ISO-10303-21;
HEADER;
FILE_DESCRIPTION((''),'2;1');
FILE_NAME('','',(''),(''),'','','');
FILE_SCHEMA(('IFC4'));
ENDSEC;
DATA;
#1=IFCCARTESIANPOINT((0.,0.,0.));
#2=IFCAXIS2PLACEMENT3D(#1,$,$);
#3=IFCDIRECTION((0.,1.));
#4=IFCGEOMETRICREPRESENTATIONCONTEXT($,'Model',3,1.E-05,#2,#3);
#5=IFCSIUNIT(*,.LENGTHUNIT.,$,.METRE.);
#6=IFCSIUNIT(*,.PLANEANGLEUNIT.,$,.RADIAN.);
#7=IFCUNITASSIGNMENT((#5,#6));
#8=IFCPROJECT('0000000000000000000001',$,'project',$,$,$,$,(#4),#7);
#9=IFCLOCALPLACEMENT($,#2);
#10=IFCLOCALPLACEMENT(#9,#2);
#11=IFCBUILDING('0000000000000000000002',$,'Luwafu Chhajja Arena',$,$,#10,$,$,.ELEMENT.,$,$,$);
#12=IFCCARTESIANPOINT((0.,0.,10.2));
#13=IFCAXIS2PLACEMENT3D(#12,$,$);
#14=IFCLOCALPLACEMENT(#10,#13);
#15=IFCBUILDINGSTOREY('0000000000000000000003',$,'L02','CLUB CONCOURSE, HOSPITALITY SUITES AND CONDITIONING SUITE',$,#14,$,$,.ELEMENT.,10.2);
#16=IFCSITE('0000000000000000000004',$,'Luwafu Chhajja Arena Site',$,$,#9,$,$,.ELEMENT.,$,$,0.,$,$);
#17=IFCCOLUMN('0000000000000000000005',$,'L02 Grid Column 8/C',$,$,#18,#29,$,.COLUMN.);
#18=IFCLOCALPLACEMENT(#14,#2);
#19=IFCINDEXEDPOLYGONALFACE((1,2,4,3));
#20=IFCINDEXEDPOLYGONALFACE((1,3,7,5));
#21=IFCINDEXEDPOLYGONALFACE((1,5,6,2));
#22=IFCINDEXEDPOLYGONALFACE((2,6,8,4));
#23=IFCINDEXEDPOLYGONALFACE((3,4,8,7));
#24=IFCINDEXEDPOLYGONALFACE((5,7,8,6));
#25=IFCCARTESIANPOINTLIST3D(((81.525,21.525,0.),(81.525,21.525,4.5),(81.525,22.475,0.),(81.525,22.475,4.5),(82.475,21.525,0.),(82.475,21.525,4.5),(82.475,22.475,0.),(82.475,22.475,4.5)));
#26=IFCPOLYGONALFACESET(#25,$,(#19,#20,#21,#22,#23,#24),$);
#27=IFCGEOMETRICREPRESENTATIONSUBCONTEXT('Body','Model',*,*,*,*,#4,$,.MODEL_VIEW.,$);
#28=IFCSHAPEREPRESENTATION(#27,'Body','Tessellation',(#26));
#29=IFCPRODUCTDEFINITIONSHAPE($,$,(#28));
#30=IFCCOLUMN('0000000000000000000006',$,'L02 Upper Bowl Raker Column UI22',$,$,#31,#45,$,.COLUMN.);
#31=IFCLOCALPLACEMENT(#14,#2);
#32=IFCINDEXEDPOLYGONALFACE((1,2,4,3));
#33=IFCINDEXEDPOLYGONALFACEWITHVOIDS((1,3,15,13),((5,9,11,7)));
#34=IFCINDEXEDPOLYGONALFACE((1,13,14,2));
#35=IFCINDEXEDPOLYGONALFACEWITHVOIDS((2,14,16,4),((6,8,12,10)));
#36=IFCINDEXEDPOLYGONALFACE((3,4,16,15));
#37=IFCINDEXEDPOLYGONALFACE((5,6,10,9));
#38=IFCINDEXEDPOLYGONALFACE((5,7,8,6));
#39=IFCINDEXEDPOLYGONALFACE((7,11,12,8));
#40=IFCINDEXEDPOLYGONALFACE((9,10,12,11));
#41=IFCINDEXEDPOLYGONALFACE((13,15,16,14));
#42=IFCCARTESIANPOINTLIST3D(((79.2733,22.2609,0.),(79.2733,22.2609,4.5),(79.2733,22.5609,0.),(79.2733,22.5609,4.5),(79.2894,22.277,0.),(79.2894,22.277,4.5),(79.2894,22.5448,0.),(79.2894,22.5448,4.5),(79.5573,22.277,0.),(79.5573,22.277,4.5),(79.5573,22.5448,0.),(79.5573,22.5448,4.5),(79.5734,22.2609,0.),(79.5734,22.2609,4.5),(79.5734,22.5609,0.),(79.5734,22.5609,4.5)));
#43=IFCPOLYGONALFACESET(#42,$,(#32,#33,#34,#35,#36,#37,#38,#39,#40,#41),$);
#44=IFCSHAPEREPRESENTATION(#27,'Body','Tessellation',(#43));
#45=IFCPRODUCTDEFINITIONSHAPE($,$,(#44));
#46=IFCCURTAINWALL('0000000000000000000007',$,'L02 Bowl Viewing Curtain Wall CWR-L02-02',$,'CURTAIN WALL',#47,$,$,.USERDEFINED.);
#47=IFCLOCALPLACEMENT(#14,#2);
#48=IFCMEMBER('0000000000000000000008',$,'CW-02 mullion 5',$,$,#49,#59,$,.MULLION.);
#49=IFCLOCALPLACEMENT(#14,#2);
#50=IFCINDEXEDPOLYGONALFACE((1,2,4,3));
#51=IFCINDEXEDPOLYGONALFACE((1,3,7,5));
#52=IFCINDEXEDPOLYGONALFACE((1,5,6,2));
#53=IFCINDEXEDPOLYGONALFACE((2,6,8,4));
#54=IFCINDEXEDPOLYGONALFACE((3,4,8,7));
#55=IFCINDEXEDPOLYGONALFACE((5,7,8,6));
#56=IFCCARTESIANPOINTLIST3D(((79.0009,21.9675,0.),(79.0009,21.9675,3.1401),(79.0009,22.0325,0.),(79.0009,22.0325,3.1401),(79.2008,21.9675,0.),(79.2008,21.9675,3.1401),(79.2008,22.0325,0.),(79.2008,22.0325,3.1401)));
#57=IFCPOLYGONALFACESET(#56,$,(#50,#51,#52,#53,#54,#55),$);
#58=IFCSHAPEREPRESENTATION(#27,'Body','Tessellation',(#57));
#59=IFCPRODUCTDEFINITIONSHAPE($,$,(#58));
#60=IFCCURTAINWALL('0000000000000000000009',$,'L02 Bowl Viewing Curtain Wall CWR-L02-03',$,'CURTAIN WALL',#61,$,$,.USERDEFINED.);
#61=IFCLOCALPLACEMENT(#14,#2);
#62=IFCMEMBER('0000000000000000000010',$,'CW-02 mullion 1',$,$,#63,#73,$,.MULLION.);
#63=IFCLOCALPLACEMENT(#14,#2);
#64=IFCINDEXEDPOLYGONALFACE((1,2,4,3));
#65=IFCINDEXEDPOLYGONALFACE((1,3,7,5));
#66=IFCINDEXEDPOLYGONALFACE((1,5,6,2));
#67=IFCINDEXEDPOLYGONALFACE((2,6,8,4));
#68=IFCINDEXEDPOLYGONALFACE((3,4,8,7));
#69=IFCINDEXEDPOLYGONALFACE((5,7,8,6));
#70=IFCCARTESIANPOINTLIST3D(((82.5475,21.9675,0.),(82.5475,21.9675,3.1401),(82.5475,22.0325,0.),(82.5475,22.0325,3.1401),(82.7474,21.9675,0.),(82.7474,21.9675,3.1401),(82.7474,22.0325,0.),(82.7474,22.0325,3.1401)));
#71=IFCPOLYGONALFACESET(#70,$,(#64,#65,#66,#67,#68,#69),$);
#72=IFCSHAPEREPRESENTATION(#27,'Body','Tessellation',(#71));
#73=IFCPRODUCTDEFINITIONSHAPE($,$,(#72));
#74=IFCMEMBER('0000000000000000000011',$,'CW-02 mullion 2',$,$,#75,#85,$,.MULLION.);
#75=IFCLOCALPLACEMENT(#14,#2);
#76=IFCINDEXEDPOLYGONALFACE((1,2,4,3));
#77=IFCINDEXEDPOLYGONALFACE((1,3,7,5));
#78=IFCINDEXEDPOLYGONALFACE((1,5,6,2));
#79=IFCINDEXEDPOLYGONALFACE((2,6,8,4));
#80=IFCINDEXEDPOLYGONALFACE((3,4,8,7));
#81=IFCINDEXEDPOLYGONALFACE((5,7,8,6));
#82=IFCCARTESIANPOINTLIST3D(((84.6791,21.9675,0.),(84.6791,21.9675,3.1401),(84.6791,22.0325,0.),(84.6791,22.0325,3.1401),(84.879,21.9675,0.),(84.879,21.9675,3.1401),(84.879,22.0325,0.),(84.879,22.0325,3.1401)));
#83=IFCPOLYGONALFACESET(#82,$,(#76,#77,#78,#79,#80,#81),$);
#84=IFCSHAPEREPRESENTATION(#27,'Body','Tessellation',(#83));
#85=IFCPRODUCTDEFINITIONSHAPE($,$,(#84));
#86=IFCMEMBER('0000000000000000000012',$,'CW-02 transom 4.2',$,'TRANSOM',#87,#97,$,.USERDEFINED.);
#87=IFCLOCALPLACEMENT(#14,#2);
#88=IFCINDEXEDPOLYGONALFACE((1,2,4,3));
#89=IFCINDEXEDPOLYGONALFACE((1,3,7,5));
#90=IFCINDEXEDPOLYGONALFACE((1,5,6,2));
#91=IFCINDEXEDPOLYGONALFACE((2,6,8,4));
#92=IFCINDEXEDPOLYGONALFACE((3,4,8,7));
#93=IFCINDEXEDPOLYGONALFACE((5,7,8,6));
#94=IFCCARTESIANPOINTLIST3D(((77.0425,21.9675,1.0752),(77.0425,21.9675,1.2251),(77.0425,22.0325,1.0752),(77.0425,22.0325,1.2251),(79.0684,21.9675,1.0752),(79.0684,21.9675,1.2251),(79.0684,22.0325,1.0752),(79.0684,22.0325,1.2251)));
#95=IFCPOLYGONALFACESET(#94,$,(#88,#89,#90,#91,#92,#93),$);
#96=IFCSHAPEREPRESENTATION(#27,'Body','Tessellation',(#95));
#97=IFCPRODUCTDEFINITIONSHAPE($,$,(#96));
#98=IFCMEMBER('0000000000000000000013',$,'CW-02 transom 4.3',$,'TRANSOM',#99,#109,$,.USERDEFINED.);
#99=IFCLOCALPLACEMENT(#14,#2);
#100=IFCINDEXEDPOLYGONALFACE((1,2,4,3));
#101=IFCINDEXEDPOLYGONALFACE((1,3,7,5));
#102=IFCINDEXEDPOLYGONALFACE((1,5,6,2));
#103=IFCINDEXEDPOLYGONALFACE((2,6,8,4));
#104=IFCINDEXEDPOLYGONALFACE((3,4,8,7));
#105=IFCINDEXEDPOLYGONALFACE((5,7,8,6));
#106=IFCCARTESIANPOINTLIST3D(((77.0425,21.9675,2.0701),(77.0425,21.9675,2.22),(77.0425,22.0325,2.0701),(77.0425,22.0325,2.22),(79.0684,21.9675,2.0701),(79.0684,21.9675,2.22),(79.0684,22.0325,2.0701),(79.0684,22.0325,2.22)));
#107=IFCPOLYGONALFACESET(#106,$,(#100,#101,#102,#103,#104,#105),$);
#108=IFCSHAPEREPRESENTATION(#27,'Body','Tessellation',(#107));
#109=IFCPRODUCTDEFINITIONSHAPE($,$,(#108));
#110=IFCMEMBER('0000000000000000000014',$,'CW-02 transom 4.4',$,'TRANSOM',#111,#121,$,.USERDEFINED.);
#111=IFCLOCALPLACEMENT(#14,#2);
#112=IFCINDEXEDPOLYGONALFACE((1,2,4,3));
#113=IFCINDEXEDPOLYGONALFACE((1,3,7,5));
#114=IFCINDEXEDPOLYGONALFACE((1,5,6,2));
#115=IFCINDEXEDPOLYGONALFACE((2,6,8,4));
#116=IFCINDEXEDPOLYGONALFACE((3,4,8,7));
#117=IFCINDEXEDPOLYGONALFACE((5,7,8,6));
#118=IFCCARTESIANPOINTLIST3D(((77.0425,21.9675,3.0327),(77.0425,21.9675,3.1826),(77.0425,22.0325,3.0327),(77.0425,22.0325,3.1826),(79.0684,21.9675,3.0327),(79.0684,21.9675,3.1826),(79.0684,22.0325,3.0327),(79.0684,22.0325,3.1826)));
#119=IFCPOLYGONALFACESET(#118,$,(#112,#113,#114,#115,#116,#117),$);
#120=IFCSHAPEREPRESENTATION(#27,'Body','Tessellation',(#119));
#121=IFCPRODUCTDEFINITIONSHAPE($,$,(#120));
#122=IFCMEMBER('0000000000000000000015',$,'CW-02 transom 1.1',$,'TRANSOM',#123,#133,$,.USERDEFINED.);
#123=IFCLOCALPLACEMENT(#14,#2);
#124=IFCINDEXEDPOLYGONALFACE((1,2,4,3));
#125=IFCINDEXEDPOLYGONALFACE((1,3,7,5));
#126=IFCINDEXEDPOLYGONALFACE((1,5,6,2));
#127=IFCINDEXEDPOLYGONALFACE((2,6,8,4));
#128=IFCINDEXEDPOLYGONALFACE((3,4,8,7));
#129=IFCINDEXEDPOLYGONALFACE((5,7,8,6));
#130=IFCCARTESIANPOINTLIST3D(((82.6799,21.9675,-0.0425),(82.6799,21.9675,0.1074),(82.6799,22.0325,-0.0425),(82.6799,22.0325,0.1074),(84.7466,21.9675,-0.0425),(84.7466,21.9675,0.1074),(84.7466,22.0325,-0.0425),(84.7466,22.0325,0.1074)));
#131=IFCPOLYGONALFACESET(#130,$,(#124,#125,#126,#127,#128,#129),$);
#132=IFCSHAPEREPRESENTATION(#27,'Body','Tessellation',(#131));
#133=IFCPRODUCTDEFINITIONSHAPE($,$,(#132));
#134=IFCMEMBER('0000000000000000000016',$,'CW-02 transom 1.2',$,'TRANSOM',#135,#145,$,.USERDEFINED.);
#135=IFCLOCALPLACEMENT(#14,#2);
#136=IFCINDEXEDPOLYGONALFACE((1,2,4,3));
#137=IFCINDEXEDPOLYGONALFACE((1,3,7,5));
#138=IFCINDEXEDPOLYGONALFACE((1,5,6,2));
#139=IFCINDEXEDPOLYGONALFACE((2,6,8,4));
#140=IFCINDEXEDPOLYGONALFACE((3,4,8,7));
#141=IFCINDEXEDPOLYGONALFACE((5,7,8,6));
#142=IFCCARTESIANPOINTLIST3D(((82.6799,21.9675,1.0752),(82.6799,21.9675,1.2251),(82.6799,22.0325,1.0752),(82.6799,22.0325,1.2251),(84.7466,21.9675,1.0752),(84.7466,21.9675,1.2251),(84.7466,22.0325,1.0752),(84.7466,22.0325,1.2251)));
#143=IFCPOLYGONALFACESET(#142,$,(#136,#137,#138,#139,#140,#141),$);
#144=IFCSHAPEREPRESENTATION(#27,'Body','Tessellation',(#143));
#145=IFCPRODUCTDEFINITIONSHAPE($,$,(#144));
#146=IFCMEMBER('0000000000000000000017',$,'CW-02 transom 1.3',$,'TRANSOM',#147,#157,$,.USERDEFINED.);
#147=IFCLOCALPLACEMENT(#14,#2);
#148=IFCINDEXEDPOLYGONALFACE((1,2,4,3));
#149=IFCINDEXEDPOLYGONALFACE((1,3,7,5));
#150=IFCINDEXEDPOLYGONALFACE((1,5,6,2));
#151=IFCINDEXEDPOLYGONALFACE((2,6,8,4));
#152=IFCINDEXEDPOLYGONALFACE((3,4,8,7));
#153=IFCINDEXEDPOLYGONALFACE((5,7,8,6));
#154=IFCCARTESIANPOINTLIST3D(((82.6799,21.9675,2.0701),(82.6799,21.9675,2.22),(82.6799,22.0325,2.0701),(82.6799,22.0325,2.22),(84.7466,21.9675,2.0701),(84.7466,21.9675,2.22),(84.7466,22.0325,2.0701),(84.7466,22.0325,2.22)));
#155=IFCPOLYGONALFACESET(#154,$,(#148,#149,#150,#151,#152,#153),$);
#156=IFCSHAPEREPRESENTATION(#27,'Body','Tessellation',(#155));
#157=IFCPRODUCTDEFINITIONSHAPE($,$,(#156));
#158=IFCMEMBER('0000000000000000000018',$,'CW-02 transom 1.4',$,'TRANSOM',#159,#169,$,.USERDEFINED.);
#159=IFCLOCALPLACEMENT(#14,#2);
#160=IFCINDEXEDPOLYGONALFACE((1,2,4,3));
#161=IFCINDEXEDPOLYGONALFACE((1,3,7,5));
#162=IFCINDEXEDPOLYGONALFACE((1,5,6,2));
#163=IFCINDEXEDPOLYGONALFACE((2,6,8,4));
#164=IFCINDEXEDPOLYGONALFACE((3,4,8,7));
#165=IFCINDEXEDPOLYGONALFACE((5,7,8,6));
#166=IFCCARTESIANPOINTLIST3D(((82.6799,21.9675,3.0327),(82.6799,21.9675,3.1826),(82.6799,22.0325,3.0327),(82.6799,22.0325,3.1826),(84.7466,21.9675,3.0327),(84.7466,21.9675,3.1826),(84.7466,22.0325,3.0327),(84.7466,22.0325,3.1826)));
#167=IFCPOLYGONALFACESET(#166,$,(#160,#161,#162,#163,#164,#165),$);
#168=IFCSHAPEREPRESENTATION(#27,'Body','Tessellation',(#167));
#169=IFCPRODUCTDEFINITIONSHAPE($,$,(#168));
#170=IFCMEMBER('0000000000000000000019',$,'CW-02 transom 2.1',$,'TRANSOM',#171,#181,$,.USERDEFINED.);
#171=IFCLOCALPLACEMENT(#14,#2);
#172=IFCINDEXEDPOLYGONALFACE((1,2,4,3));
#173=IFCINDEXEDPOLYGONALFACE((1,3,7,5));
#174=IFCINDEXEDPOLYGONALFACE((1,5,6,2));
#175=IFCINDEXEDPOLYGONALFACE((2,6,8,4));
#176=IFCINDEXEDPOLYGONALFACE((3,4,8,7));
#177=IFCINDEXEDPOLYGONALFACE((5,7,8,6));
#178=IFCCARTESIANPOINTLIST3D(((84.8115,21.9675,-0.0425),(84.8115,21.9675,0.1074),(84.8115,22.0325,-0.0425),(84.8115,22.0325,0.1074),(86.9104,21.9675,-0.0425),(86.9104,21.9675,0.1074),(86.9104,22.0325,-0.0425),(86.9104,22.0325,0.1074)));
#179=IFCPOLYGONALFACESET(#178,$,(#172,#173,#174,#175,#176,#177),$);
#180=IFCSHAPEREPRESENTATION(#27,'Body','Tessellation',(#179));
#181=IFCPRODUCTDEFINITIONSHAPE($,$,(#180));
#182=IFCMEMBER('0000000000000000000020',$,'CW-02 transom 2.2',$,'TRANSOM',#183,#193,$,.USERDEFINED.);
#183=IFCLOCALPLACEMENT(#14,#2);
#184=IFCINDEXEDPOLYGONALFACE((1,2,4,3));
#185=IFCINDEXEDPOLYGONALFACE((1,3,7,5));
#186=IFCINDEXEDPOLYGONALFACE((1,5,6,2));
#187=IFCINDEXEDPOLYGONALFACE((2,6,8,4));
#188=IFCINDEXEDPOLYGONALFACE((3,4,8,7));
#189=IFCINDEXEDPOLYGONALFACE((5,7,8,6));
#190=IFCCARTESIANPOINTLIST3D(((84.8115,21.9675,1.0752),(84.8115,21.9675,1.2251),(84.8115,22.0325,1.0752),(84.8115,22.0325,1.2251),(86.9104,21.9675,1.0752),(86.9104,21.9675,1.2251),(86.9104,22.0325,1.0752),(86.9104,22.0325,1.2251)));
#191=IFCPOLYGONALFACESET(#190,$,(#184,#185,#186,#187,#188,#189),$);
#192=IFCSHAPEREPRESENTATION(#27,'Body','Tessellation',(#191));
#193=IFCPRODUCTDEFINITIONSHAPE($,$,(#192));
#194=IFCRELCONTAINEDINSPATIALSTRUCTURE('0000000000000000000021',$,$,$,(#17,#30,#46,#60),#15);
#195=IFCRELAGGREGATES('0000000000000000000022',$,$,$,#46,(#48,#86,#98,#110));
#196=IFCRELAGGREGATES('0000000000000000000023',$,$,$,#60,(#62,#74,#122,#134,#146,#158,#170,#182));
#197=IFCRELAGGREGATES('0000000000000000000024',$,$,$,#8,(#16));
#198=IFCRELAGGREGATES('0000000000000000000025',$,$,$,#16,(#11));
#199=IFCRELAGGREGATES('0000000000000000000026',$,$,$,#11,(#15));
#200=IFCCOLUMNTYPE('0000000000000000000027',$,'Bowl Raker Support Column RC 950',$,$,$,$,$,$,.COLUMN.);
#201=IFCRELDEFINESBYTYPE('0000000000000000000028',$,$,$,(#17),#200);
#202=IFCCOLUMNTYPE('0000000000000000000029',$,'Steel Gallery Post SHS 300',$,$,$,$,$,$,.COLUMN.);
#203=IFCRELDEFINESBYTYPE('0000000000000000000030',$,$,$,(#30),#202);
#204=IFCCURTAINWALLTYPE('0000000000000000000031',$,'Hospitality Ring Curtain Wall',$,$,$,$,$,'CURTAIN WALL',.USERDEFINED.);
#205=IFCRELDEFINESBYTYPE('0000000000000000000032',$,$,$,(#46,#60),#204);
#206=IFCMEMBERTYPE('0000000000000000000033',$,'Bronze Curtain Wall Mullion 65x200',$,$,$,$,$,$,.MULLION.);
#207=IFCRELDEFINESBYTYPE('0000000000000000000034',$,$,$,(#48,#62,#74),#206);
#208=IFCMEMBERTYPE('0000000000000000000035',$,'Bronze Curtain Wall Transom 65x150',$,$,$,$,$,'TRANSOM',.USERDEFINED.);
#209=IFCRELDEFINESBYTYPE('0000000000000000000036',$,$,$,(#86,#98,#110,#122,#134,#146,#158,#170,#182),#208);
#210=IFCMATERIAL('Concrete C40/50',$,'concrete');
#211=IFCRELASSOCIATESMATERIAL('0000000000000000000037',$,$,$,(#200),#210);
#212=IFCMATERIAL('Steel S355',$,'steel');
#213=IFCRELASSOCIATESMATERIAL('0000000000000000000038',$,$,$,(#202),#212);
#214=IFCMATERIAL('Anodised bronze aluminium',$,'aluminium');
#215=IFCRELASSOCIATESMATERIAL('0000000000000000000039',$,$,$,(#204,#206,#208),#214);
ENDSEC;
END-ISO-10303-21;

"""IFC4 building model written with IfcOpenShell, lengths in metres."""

from ifc_helpers import new_model, si_unit, direction, frame, origin, origin_2d, place, context, subcontext, project, spatial, rectangle, hollow_rectangle, extrude, material, material_profile, profile_set, type_object, element, aggregate, save


model = new_model("IFC4")

# Units and contexts
model_context = context("Model", 3, precision=1e-05, world=origin(), true_north=direction((0.0, 1.0)))
body_context = subcontext(model_context, "Body", "Model", "MODEL_VIEW")
ifc_project = project(units=[si_unit("LENGTHUNIT", "METRE"), si_unit("PLANEANGLEUNIT", "RADIAN")], contexts=[model_context])

# Site, building, storey
site_placement = place(None, origin())
site = spatial("IfcSite", under=ifc_project, at=site_placement, Name="Luwafu Chhajja Arena Site", CompositionType="ELEMENT", RefElevation=0.0)
building_placement = place(site_placement, origin())
building = spatial("IfcBuilding", under=site, at=building_placement, Name="Luwafu Chhajja Arena", CompositionType="ELEMENT")
storey_placement = place(building_placement, frame((0.0, 0.0, 10.2)))
storey = spatial("IfcBuildingStorey", under=building, at=storey_placement, Name="L02", Description="CLUB CONCOURSE, HOSPITALITY SUITES AND CONDITIONING SUITE", CompositionType="ELEMENT", Elevation=10.2)

# Columns
ifc_material_1 = material(Name="Concrete C40/50", Category="concrete")
ifc_material_profile_1 = material_profile(ifc_material_1, rectangle(XDim=0.95, YDim=0.95, at=origin_2d()), Name="RC 950x950")
ifc_profile_set_1 = profile_set([ifc_material_profile_1], Name="Concrete C40/50")
column_type_1 = type_object("IfcColumnType", Name="Bowl Raker Support Column RC 950", PredefinedType="COLUMN", material=ifc_profile_set_1)
column_1_placement = place(storey_placement, frame((82.0, 22.0, 0.0), z_axis=(0.0, 0.0, 1.0), x_axis=(1.0, 0.0, 0.0)))
element("IfcColumn", 1, at=column_1_placement, inside=storey, type_object=column_type_1, Name="L02 Grid Column 8/C", PredefinedType="COLUMN", context=body_context, shape_type="SweptSolid", body=[
    extrude(rectangle(XDim=0.95, YDim=0.95, at=origin_2d()), origin(), (0.0, 0.0, 1.0), 4.5),
])
ifc_material_2 = material(Name="Steel S355", Category="steel")
ifc_material_profile_2 = material_profile(ifc_material_2, hollow_rectangle(XDim=0.3, YDim=0.3, WallThickness=0.0161, at=origin_2d()), Name="SHS 300x300x16")
ifc_profile_set_2 = profile_set([ifc_material_profile_2], Name="Steel S355")
column_type_2 = type_object("IfcColumnType", Name="Steel Gallery Post SHS 300", PredefinedType="COLUMN", material=ifc_profile_set_2)
column_2_placement = place(storey_placement, frame((79.4233, 22.4109, 0.0), z_axis=(0.0, 0.0, 1.0), x_axis=(1.0, 0.0, 0.0)))
element("IfcColumn", 2, at=column_2_placement, inside=storey, type_object=column_type_2, Name="L02 Upper Bowl Raker Column UI22", PredefinedType="COLUMN", context=body_context, shape_type="SweptSolid", body=[
    extrude(hollow_rectangle(XDim=0.3, YDim=0.3, WallThickness=0.0161, at=origin_2d()), origin(), (0.0, 0.0, 1.0), 4.5),
])

# Curtain wall, member
ifc_material_3 = material(Name="Anodised bronze aluminium", Category="aluminium")
curtain_wall_type = type_object("IfcCurtainWallType", Name="Hospitality Ring Curtain Wall", ElementType="CURTAIN WALL", PredefinedType="USERDEFINED", material=ifc_material_3)
curtain_wall_1_placement = place(storey_placement, origin())
curtain_wall_1 = element("IfcCurtainWall", 3, at=curtain_wall_1_placement, inside=storey, type_object=curtain_wall_type, Name="L02 Bowl Viewing Curtain Wall CWR-L02-02", ObjectType="CURTAIN WALL", PredefinedType="USERDEFINED")
ifc_material_profile_3 = material_profile(ifc_material_3, rectangle(XDim=0.0649, YDim=0.2, at=origin_2d()), Name="CWM 65x200")
ifc_profile_set_3 = profile_set([ifc_material_profile_3], Name="Anodised bronze aluminium")
member_type_1 = type_object("IfcMemberType", Name="Bronze Curtain Wall Mullion 65x200", PredefinedType="MULLION", material=ifc_profile_set_3)
member_1_placement = place(storey_placement, frame((79.1008, 22.0, 0.0), z_axis=(0.0, 0.0, 1.0), x_axis=(0.0, 1.0, 0.0)))
member_1 = element("IfcMember", 4, at=member_1_placement, type_object=member_type_1, Name="CW-02 mullion 5", PredefinedType="MULLION", context=body_context, shape_type="SweptSolid", body=[
    extrude(rectangle(XDim=0.0649, YDim=0.2, at=origin_2d()), origin(), (0.0, 0.0, 1.0), 3.1401),
])

# Curtain wall, members
curtain_wall_2_placement = place(storey_placement, origin())
curtain_wall_2 = element("IfcCurtainWall", 5, at=curtain_wall_2_placement, inside=storey, type_object=curtain_wall_type, Name="L02 Bowl Viewing Curtain Wall CWR-L02-03", ObjectType="CURTAIN WALL", PredefinedType="USERDEFINED")
member_2_placement = place(storey_placement, frame((82.6475, 22.0, 0.0), z_axis=(0.0, 0.0, 1.0), x_axis=(0.0, 1.0, 0.0)))
member_2 = element("IfcMember", 6, at=member_2_placement, type_object=member_type_1, Name="CW-02 mullion 1", PredefinedType="MULLION", context=body_context, shape_type="SweptSolid", body=[
    extrude(rectangle(XDim=0.0649, YDim=0.2, at=origin_2d()), origin(), (0.0, 0.0, 1.0), 3.1401),
])
member_3_placement = place(storey_placement, frame((84.7791, 22.0, 0.0), z_axis=(0.0, 0.0, 1.0), x_axis=(0.0, 1.0, 0.0)))
member_3 = element("IfcMember", 7, at=member_3_placement, type_object=member_type_1, Name="CW-02 mullion 2", PredefinedType="MULLION", context=body_context, shape_type="SweptSolid", body=[
    extrude(rectangle(XDim=0.0649, YDim=0.2, at=origin_2d()), origin(), (0.0, 0.0, 1.0), 3.1401),
])

# Members
ifc_material_profile_4 = material_profile(ifc_material_3, rectangle(XDim=0.0649, YDim=0.1499, at=origin_2d()), Name="CWT 65x150")
ifc_profile_set_4 = profile_set([ifc_material_profile_4], Name="Anodised bronze aluminium")
member_type_2 = type_object("IfcMemberType", Name="Bronze Curtain Wall Transom 65x150", ElementType="TRANSOM", PredefinedType="USERDEFINED", material=ifc_profile_set_4)
member_4_placement = place(storey_placement, frame((77.0425, 22.0, 1.1501), z_axis=(1.0, 0.0, 0.0), x_axis=(0.0, 1.0, 0.0)))
member_4 = element("IfcMember", 8, at=member_4_placement, type_object=member_type_2, Name="CW-02 transom 4.2", ObjectType="TRANSOM", PredefinedType="USERDEFINED", context=body_context, shape_type="SweptSolid", body=[
    extrude(rectangle(XDim=0.0649, YDim=0.1499, at=origin_2d()), origin(), (0.0, 0.0, 1.0), 2.0259),
])
member_5_placement = place(storey_placement, frame((77.0425, 22.0, 2.145), z_axis=(1.0, 0.0, 0.0), x_axis=(0.0, 1.0, 0.0)))
member_5 = element("IfcMember", 9, at=member_5_placement, type_object=member_type_2, Name="CW-02 transom 4.3", ObjectType="TRANSOM", PredefinedType="USERDEFINED", context=body_context, shape_type="SweptSolid", body=[
    extrude(rectangle(XDim=0.0649, YDim=0.1499, at=origin_2d()), origin(), (0.0, 0.0, 1.0), 2.0259),
])
member_6_placement = place(storey_placement, frame((77.0425, 22.0, 3.1077), z_axis=(1.0, 0.0, 0.0), x_axis=(0.0, 1.0, 0.0)))
member_6 = element("IfcMember", 10, at=member_6_placement, type_object=member_type_2, Name="CW-02 transom 4.4", ObjectType="TRANSOM", PredefinedType="USERDEFINED", context=body_context, shape_type="SweptSolid", body=[
    extrude(rectangle(XDim=0.0649, YDim=0.1499, at=origin_2d()), origin(), (0.0, 0.0, 1.0), 2.0259),
])
member_7_placement = place(storey_placement, frame((82.6799, 22.0, 0.0325), z_axis=(1.0, 0.0, 0.0), x_axis=(0.0, 1.0, 0.0)))
member_7 = element("IfcMember", 11, at=member_7_placement, type_object=member_type_2, Name="CW-02 transom 1.1", ObjectType="TRANSOM", PredefinedType="USERDEFINED", context=body_context, shape_type="SweptSolid", body=[
    extrude(rectangle(XDim=0.0649, YDim=0.1499, at=origin_2d()), origin(), (0.0, 0.0, 1.0), 2.0667),
])
member_8_placement = place(storey_placement, frame((82.6799, 22.0, 1.1501), z_axis=(1.0, 0.0, 0.0), x_axis=(0.0, 1.0, 0.0)))
member_8 = element("IfcMember", 12, at=member_8_placement, type_object=member_type_2, Name="CW-02 transom 1.2", ObjectType="TRANSOM", PredefinedType="USERDEFINED", context=body_context, shape_type="SweptSolid", body=[
    extrude(rectangle(XDim=0.0649, YDim=0.1499, at=origin_2d()), origin(), (0.0, 0.0, 1.0), 2.0667),
])
member_9_placement = place(storey_placement, frame((82.6799, 22.0, 2.145), z_axis=(1.0, 0.0, 0.0), x_axis=(0.0, 1.0, 0.0)))
member_9 = element("IfcMember", 13, at=member_9_placement, type_object=member_type_2, Name="CW-02 transom 1.3", ObjectType="TRANSOM", PredefinedType="USERDEFINED", context=body_context, shape_type="SweptSolid", body=[
    extrude(rectangle(XDim=0.0649, YDim=0.1499, at=origin_2d()), origin(), (0.0, 0.0, 1.0), 2.0667),
])
member_10_placement = place(storey_placement, frame((82.6799, 22.0, 3.1077), z_axis=(1.0, 0.0, 0.0), x_axis=(0.0, 1.0, 0.0)))
member_10 = element("IfcMember", 14, at=member_10_placement, type_object=member_type_2, Name="CW-02 transom 1.4", ObjectType="TRANSOM", PredefinedType="USERDEFINED", context=body_context, shape_type="SweptSolid", body=[
    extrude(rectangle(XDim=0.0649, YDim=0.1499, at=origin_2d()), origin(), (0.0, 0.0, 1.0), 2.0667),
])
member_11_placement = place(storey_placement, frame((84.8115, 22.0, 0.0325), z_axis=(1.0, 0.0, 0.0), x_axis=(0.0, 1.0, 0.0)))
member_11 = element("IfcMember", 15, at=member_11_placement, type_object=member_type_2, Name="CW-02 transom 2.1", ObjectType="TRANSOM", PredefinedType="USERDEFINED", context=body_context, shape_type="SweptSolid", body=[
    extrude(rectangle(XDim=0.0649, YDim=0.1499, at=origin_2d()), origin(), (0.0, 0.0, 1.0), 2.0989),
])
member_12_placement = place(storey_placement, frame((84.8115, 22.0, 1.1501), z_axis=(1.0, 0.0, 0.0), x_axis=(0.0, 1.0, 0.0)))
member_12 = element("IfcMember", 16, at=member_12_placement, type_object=member_type_2, Name="CW-02 transom 2.2", ObjectType="TRANSOM", PredefinedType="USERDEFINED", context=body_context, shape_type="SweptSolid", body=[
    extrude(rectangle(XDim=0.0649, YDim=0.1499, at=origin_2d()), origin(), (0.0, 0.0, 1.0), 2.0989),
])

aggregate(curtain_wall_1, [member_1, member_4, member_5, member_6])
aggregate(curtain_wall_2, [member_2, member_3, member_7, member_8, member_9, member_10, member_11, member_12])

save(model, "model.ifc")
